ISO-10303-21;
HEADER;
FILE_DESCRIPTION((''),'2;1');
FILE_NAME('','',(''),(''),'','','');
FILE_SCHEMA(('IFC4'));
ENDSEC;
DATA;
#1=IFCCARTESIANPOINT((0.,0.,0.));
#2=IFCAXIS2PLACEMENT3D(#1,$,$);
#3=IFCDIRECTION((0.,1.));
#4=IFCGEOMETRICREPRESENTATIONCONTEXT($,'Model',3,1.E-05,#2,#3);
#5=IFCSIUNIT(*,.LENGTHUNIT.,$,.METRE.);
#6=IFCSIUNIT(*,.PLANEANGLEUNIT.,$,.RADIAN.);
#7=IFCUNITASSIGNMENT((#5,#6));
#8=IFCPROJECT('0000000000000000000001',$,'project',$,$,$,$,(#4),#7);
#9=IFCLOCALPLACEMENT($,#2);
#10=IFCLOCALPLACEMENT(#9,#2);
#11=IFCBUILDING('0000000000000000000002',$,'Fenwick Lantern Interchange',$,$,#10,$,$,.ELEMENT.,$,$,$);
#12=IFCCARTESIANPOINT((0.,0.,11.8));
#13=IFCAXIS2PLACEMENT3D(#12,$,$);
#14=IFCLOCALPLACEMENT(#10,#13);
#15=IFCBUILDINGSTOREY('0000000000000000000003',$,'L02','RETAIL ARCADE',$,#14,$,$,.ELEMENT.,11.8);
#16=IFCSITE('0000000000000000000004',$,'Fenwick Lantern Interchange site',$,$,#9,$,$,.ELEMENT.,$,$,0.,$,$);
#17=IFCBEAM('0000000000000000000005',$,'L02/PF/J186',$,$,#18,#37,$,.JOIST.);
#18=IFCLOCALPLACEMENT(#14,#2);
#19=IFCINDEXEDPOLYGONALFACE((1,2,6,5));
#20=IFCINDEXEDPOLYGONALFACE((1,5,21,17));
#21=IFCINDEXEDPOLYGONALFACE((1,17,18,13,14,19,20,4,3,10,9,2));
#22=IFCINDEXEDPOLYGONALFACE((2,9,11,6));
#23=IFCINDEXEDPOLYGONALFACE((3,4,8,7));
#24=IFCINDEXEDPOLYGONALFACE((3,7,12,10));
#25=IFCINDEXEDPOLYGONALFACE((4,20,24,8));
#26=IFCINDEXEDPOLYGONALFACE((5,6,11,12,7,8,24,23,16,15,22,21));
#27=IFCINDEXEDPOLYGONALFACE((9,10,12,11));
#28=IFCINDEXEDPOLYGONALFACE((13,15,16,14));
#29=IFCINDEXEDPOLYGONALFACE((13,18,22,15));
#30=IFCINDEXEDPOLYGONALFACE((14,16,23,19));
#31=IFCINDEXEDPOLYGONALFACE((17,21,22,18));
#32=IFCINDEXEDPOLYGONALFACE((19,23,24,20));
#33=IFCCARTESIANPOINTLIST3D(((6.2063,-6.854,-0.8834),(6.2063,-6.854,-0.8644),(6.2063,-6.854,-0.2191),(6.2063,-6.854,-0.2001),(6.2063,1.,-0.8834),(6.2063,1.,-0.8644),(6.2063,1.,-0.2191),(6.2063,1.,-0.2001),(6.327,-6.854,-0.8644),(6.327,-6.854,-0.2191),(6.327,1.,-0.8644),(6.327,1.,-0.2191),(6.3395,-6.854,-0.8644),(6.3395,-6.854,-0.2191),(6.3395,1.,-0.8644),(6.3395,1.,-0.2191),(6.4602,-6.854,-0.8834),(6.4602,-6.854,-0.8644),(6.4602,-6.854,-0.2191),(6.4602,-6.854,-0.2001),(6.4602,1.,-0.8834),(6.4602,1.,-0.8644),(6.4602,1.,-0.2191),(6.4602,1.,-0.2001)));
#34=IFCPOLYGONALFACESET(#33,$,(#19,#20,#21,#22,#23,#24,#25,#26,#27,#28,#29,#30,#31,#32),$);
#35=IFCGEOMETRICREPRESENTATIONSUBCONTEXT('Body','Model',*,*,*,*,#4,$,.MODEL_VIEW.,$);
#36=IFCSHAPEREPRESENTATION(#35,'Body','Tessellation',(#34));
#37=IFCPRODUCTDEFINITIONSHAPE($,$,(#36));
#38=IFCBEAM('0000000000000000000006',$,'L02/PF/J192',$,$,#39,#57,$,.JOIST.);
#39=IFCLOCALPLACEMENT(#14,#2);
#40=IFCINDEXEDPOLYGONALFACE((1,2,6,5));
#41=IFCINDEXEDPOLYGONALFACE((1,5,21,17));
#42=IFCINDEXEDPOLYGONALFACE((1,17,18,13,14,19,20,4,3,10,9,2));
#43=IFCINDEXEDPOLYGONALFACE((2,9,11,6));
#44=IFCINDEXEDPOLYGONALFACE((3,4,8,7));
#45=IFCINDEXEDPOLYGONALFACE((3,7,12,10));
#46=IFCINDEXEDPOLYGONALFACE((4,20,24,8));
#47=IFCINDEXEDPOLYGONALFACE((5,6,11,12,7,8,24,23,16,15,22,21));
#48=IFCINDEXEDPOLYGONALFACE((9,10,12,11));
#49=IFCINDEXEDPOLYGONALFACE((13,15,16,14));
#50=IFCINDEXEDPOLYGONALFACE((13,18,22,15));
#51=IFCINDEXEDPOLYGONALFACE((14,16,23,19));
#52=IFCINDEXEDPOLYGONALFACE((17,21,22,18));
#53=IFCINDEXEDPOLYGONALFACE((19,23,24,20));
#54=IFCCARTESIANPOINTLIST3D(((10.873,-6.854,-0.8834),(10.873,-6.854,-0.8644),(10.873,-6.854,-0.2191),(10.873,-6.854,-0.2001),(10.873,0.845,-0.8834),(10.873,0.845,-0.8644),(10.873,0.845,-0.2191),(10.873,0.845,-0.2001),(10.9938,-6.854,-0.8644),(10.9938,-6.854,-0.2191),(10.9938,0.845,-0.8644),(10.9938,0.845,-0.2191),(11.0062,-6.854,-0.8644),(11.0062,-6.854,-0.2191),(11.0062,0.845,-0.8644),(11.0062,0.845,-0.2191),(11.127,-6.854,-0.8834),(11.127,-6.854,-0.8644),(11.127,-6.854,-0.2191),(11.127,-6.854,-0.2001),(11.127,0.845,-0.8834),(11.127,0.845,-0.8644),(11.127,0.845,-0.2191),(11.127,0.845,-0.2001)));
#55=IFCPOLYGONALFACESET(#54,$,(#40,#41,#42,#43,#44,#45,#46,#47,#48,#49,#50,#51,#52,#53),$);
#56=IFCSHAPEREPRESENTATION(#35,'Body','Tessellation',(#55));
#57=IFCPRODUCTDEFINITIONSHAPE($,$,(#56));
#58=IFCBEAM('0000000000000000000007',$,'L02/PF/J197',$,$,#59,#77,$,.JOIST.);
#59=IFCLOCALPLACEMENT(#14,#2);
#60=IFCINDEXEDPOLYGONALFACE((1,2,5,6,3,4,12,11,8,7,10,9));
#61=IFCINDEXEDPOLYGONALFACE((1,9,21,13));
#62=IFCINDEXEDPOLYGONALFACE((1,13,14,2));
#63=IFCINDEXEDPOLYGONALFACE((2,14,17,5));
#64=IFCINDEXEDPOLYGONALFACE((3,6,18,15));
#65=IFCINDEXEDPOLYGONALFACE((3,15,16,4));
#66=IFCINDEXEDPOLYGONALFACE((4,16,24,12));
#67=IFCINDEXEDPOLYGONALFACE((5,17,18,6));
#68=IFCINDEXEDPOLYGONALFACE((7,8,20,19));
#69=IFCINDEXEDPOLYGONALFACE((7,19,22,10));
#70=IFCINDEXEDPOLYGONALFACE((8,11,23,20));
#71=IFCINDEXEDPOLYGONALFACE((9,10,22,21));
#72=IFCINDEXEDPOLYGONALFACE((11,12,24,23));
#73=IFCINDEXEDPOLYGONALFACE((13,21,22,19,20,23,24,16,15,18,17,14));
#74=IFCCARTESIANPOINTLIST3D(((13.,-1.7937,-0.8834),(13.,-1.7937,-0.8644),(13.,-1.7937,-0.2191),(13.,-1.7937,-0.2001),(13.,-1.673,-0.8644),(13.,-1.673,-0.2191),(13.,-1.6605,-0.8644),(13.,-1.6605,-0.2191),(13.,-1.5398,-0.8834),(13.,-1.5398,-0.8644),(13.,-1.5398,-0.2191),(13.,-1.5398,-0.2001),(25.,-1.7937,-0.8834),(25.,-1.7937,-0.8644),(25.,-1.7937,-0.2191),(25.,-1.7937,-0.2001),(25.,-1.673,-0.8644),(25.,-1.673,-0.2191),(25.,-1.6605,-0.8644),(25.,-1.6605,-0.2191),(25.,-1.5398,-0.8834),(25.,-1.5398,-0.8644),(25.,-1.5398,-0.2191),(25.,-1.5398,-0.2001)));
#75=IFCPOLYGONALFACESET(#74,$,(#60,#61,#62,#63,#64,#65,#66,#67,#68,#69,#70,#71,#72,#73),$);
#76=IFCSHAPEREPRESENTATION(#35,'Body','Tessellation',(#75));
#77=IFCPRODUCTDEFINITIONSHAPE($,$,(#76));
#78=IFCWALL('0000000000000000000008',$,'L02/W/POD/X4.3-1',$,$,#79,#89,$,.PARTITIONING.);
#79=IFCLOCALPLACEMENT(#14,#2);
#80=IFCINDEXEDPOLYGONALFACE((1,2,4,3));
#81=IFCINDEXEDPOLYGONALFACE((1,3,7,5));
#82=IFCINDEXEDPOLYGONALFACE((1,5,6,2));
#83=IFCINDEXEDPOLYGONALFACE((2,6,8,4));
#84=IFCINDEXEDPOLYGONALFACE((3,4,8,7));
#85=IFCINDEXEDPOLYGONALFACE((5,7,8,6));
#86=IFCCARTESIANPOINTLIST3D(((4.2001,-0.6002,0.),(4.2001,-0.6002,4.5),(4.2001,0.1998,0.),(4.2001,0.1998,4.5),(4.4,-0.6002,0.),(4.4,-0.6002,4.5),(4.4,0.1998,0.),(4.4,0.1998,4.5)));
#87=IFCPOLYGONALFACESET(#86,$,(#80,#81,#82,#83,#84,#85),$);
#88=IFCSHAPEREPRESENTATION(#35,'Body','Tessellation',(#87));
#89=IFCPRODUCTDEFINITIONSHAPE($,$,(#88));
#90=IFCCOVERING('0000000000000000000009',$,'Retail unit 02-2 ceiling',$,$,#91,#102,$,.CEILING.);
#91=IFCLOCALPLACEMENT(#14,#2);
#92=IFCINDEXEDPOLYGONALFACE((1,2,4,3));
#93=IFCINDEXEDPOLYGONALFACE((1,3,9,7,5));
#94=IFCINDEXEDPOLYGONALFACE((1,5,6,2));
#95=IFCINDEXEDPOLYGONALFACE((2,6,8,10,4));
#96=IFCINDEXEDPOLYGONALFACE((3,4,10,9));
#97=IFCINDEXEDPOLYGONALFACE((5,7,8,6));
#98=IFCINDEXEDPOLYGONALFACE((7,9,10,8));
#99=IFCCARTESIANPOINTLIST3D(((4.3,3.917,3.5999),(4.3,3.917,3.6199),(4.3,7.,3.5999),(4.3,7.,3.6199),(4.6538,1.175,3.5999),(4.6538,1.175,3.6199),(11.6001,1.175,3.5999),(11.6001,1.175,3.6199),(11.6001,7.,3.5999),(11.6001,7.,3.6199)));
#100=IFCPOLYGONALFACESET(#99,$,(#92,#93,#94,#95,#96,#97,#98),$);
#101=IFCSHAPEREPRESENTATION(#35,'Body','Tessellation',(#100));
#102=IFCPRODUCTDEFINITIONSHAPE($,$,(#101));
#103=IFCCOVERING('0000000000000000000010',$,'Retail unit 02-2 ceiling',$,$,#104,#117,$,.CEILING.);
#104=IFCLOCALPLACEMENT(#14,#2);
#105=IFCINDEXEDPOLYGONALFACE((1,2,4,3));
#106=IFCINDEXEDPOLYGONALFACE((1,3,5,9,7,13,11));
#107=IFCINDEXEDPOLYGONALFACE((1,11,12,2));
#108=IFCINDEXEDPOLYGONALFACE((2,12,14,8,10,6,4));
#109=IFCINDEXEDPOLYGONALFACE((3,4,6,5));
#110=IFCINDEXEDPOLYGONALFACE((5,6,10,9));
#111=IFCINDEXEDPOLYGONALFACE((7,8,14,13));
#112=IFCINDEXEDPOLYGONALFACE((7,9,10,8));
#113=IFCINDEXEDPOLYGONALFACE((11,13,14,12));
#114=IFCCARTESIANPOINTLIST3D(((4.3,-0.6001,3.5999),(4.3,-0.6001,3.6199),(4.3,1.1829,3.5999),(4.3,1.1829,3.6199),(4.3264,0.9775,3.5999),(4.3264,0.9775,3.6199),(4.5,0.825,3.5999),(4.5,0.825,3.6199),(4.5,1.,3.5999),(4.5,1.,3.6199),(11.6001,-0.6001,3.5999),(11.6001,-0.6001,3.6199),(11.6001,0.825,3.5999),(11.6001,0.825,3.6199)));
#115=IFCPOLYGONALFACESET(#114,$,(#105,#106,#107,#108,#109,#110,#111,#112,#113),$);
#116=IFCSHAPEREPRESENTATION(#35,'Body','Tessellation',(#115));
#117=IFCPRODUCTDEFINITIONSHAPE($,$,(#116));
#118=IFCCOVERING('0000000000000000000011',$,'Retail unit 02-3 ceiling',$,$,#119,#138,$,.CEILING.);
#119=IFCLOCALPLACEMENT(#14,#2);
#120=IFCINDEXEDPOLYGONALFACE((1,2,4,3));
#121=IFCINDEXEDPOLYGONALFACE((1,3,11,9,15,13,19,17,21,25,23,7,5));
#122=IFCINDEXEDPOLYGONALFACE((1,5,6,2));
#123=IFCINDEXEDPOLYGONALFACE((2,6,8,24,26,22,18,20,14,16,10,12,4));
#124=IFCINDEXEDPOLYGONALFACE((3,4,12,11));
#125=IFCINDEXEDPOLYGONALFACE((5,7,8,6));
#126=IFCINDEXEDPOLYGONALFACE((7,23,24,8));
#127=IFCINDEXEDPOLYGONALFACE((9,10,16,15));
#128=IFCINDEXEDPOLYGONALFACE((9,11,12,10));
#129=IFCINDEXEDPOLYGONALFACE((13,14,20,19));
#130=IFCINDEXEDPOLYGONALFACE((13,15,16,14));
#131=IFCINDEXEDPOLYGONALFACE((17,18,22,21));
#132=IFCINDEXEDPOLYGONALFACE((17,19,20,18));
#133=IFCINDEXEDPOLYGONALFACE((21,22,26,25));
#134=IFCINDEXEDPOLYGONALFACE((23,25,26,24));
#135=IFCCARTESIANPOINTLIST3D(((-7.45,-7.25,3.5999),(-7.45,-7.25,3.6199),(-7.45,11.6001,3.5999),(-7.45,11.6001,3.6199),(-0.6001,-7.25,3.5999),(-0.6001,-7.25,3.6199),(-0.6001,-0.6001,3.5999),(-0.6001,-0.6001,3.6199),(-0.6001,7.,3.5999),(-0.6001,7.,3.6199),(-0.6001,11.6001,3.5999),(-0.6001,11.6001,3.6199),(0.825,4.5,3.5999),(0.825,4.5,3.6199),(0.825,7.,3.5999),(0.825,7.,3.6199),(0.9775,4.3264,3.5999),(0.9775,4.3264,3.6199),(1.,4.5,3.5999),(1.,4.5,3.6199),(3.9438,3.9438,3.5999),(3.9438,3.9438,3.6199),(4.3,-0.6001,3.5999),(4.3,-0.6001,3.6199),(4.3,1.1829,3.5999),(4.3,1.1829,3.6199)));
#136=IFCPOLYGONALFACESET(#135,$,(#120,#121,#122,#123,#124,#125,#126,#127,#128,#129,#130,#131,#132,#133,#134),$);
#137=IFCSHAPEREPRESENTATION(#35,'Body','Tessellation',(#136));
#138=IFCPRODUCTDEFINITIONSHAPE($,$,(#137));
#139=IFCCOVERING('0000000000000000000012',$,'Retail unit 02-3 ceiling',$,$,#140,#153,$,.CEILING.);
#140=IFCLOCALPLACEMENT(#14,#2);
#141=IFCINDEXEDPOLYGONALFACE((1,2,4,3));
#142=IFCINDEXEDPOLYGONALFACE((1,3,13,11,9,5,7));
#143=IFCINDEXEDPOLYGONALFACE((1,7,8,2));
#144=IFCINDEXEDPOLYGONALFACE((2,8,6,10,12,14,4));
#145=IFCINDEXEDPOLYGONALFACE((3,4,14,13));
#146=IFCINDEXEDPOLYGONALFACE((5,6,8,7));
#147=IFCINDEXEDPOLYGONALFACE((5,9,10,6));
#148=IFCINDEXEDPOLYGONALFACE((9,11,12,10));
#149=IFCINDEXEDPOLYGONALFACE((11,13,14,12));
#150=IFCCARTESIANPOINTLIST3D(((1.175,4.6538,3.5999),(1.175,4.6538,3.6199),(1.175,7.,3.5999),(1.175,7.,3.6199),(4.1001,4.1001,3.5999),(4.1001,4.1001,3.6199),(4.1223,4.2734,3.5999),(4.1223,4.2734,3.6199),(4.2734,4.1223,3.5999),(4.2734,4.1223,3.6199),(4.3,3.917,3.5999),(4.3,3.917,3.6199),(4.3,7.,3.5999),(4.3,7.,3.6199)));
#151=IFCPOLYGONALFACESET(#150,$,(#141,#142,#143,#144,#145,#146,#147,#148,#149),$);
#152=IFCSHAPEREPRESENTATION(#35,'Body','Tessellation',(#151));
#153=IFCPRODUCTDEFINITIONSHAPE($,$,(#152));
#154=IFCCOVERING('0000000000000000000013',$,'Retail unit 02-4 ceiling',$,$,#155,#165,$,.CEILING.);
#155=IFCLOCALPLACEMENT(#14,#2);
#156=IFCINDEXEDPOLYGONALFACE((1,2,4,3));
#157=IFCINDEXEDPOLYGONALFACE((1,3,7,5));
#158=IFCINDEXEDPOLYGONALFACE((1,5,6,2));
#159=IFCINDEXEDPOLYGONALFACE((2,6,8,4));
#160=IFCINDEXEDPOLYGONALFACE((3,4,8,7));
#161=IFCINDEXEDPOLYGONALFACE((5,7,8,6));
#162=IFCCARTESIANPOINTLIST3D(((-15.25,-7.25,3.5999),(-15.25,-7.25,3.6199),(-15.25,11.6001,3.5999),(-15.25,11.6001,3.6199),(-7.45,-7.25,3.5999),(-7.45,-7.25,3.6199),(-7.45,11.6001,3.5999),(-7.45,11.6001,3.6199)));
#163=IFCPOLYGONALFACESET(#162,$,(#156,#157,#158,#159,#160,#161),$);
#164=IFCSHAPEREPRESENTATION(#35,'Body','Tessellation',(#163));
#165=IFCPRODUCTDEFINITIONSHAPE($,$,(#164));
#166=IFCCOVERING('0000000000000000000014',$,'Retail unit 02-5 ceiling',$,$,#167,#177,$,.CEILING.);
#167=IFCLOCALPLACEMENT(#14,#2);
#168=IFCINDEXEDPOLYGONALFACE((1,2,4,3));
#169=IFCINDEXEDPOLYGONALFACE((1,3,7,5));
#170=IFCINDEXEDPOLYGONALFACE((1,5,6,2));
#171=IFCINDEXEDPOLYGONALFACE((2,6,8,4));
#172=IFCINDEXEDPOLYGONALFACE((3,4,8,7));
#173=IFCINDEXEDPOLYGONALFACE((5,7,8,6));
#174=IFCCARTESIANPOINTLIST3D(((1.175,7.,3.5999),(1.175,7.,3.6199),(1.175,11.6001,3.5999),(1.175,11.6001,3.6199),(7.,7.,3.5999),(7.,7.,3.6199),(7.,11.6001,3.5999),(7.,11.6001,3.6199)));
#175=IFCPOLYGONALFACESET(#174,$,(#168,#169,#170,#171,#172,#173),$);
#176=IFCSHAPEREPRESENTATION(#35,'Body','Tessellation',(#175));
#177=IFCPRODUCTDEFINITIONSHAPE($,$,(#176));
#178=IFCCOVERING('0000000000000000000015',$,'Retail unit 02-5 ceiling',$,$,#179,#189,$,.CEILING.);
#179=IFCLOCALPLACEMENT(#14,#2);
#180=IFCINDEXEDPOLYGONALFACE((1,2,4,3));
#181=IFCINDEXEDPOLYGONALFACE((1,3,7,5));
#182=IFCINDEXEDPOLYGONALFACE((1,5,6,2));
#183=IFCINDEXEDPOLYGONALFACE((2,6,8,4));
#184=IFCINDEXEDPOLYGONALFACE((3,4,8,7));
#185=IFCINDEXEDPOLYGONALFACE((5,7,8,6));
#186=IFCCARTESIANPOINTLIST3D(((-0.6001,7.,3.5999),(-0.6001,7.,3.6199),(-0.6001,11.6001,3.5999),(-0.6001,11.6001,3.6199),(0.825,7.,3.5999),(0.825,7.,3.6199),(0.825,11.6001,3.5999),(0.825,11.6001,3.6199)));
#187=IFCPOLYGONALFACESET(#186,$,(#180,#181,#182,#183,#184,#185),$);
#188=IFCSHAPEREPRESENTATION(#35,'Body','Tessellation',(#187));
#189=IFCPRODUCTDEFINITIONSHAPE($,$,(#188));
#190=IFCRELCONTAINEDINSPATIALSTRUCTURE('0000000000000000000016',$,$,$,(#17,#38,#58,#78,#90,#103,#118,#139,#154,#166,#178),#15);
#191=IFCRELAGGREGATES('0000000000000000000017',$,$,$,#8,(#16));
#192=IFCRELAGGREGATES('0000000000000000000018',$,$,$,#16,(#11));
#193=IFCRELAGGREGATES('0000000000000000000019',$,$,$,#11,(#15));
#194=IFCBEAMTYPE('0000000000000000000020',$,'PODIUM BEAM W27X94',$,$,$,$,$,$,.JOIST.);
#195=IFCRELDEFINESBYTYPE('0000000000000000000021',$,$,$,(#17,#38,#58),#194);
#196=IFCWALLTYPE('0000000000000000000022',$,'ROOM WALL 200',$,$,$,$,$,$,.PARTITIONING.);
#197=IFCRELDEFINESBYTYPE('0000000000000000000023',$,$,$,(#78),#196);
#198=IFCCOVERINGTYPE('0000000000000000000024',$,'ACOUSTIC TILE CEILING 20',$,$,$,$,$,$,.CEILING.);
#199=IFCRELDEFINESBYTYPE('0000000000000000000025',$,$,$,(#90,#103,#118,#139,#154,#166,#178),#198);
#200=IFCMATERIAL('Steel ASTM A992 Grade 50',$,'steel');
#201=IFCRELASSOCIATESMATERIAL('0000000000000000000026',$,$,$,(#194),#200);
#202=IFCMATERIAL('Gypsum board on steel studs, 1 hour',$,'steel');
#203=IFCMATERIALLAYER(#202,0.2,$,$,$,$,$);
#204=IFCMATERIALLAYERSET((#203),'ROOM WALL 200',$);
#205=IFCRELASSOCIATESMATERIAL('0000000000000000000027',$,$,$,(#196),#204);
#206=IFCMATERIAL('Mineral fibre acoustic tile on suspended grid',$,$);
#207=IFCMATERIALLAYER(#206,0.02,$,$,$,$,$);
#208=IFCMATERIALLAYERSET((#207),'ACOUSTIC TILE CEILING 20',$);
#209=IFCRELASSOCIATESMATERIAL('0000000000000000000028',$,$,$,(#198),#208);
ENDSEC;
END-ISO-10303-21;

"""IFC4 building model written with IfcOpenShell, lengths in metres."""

from ifc_helpers import new_model, si_unit, direction, frame, frame_2d, origin, origin_2d, place, context, subcontext, project, spatial, polyline, rectangle, i_section, outline, extrude, material, layer, layer_set, material_profile, profile_set, type_object, element, save


model = new_model("IFC4")

# Units and contexts
model_context = context("Model", 3, precision=1e-05, world=origin(), true_north=direction((0.0, 1.0)))
body_context = subcontext(model_context, "Body", "Model", "MODEL_VIEW")
ifc_project = project(units=[si_unit("LENGTHUNIT", "METRE"), si_unit("PLANEANGLEUNIT", "RADIAN")], contexts=[model_context])

# Site, building, storey
site_placement = place(None, origin())
site = spatial("IfcSite", under=ifc_project, at=site_placement, Name="Fenwick Lantern Interchange site", CompositionType="ELEMENT", RefElevation=0.0)
building_placement = place(site_placement, origin())
building = spatial("IfcBuilding", under=site, at=building_placement, Name="Fenwick Lantern Interchange", CompositionType="ELEMENT")
storey_placement = place(building_placement, frame((0.0, 0.0, 11.8)))
storey = spatial("IfcBuildingStorey", under=building, at=storey_placement, Name="L02", Description="RETAIL ARCADE", CompositionType="ELEMENT", Elevation=11.8)

# Beams
ifc_material_1 = material(Name="Steel ASTM A992 Grade 50", Category="steel")
ifc_material_profile = material_profile(ifc_material_1, i_section(OverallWidth=0.2539, OverallDepth=0.6833, WebThickness=0.0125, FlangeThickness=0.019, at=origin_2d()), Name="W27X94")
ifc_profile_set = profile_set([ifc_material_profile], Name="Steel ASTM A992 Grade 50")
beam_type = type_object("IfcBeamType", Name="PODIUM BEAM W27X94", PredefinedType="JOIST", material=ifc_profile_set)
beam_1_placement = place(storey_placement, frame((6.3333, -6.854, -0.5417), z_axis=(0.0, 1.0, 0.0), x_axis=(-1.0, 0.0, 0.0)))
element("IfcBeam", 1, at=beam_1_placement, inside=storey, type_object=beam_type, Name="L02/PF/J186", PredefinedType="JOIST", context=body_context, shape_type="SweptSolid", body=[
    extrude(i_section(OverallWidth=0.2539, OverallDepth=0.6833, WebThickness=0.0125, FlangeThickness=0.019, at=origin_2d()), origin(), (0.0, 0.0, 1.0), 7.854),
])
beam_2_placement = place(storey_placement, frame((11.0, -6.854, -0.5417), z_axis=(0.0, 1.0, 0.0), x_axis=(-1.0, 0.0, 0.0)))
element("IfcBeam", 2, at=beam_2_placement, inside=storey, type_object=beam_type, Name="L02/PF/J192", PredefinedType="JOIST", context=body_context, shape_type="SweptSolid", body=[
    extrude(i_section(OverallWidth=0.2539, OverallDepth=0.6833, WebThickness=0.0125, FlangeThickness=0.019, at=origin_2d()), origin(), (0.0, 0.0, 1.0), 7.699),
])
beam_3_placement = place(storey_placement, frame((13.0, -1.6667, -0.5417), z_axis=(1.0, 0.0, 0.0), x_axis=(0.0, 1.0, 0.0)))
element("IfcBeam", 3, at=beam_3_placement, inside=storey, type_object=beam_type, Name="L02/PF/J197", PredefinedType="JOIST", context=body_context, shape_type="SweptSolid", body=[
    extrude(i_section(OverallWidth=0.2539, OverallDepth=0.6833, WebThickness=0.0125, FlangeThickness=0.019, at=origin_2d()), origin(), (0.0, 0.0, 1.0), 12.0),
])

# Wall
ifc_material_2 = material(Name="Gypsum board on steel studs, 1 hour", Category="steel")
ifc_layer_1 = layer(ifc_material_2, 0.2)
ifc_layer_set_1 = layer_set([ifc_layer_1], Name="ROOM WALL 200")
wall_type = type_object("IfcWallType", Name="ROOM WALL 200", PredefinedType="PARTITIONING", material=ifc_layer_set_1)
wall_placement = place(storey_placement, frame((4.3, -0.6001, 0.0), z_axis=(0.0, 0.0, 1.0), x_axis=(0.0, 1.0, 0.0)))
element("IfcWall", 4, at=wall_placement, inside=storey, type_object=wall_type, Name="L02/W/POD/X4.3-1", PredefinedType="PARTITIONING", context=body_context, shape_type="SweptSolid", body=[
    extrude(rectangle(XDim=0.8, YDim=0.2, at=frame_2d((0.3999, 0.0))), origin(), (0.0, 0.0, 1.0), 4.5),
])

# Coverings
ifc_material_3 = material(Name="Mineral fibre acoustic tile on suspended grid")
ifc_layer_2 = layer(ifc_material_3, 0.02)
ifc_layer_set_2 = layer_set([ifc_layer_2], Name="ACOUSTIC TILE CEILING 20")
covering_type = type_object("IfcCoveringType", Name="ACOUSTIC TILE CEILING 20", PredefinedType="CEILING", material=ifc_layer_set_2)
covering_1_placement = place(storey_placement, frame((0.0, 0.0, 3.5999)))
element("IfcCovering", 5, at=covering_1_placement, inside=storey, type_object=covering_type, Name="Retail unit 02-2 ceiling", PredefinedType="CEILING", context=body_context, shape_type="SweptSolid", body=[
    extrude(outline(polyline([(4.3, 7.0), (4.3, 3.917), (4.6538, 1.175), (11.6001, 1.175), (11.6001, 7.0), (4.3, 7.0)])), origin(), (0.0, 0.0, 1.0), 0.02),
])
covering_2_placement = place(storey_placement, frame((0.0, 0.0, 3.5999)))
element("IfcCovering", 6, at=covering_2_placement, inside=storey, type_object=covering_type, Name="Retail unit 02-2 ceiling", PredefinedType="CEILING", context=body_context, shape_type="SweptSolid", body=[
    extrude(outline(polyline([(4.3, 1.1829), (4.3, -0.6001), (11.6001, -0.6001), (11.6001, 0.825), (4.5, 0.825), (4.5, 1.0), (4.3264, 0.9775), (4.3, 1.1829)])), origin(), (0.0, 0.0, 1.0), 0.02),
])
covering_3_placement = place(storey_placement, frame((0.0, 0.0, 3.5999)))
element("IfcCovering", 7, at=covering_3_placement, inside=storey, type_object=covering_type, Name="Retail unit 02-3 ceiling", PredefinedType="CEILING", context=body_context, shape_type="SweptSolid", body=[
    extrude(outline(polyline([(-0.6001, 11.6001), (-7.45, 11.6001), (-7.45, -7.25), (-0.6001, -7.25), (-0.6001, -0.6001), (4.3, -0.6001), (4.3, 1.1829), (3.9438, 3.9438), (0.9775, 4.3264), (1.0, 4.5), (0.825, 4.5), (0.825, 7.0), (-0.6001, 7.0), (-0.6001, 11.6001)])), origin(), (0.0, 0.0, 1.0), 0.02),
])
covering_4_placement = place(storey_placement, frame((0.0, 0.0, 3.5999)))
element("IfcCovering", 8, at=covering_4_placement, inside=storey, type_object=covering_type, Name="Retail unit 02-3 ceiling", PredefinedType="CEILING", context=body_context, shape_type="SweptSolid", body=[
    extrude(outline(polyline([(4.3, 7.0), (1.175, 7.0), (1.175, 4.6538), (4.1223, 4.2734), (4.1001, 4.1001), (4.2734, 4.1223), (4.3, 3.917), (4.3, 7.0)])), origin(), (0.0, 0.0, 1.0), 0.02),
])
covering_5_placement = place(storey_placement, frame((0.0, 0.0, 3.5999)))
element("IfcCovering", 9, at=covering_5_placement, inside=storey, type_object=covering_type, Name="Retail unit 02-4 ceiling", PredefinedType="CEILING", context=body_context, shape_type="SweptSolid", body=[
    extrude(outline(polyline([(-7.45, 11.6001), (-15.25, 11.6001), (-15.25, -7.25), (-7.45, -7.25), (-7.45, 11.6001)])), origin(), (0.0, 0.0, 1.0), 0.02),
])
covering_6_placement = place(storey_placement, frame((0.0, 0.0, 3.5999)))
element("IfcCovering", 10, at=covering_6_placement, inside=storey, type_object=covering_type, Name="Retail unit 02-5 ceiling", PredefinedType="CEILING", context=body_context, shape_type="SweptSolid", body=[
    extrude(outline(polyline([(7.0, 11.6001), (1.175, 11.6001), (1.175, 7.0), (7.0, 7.0), (7.0, 11.6001)])), origin(), (0.0, 0.0, 1.0), 0.02),
])
covering_7_placement = place(storey_placement, frame((0.0, 0.0, 3.5999)))
element("IfcCovering", 11, at=covering_7_placement, inside=storey, type_object=covering_type, Name="Retail unit 02-5 ceiling", PredefinedType="CEILING", context=body_context, shape_type="SweptSolid", body=[
    extrude(outline(polyline([(-0.6001, 11.6001), (-0.6001, 7.0), (0.825, 7.0), (0.825, 11.6001), (-0.6001, 11.6001)])), origin(), (0.0, 0.0, 1.0), 0.02),
])

save(model, "model.ifc")
